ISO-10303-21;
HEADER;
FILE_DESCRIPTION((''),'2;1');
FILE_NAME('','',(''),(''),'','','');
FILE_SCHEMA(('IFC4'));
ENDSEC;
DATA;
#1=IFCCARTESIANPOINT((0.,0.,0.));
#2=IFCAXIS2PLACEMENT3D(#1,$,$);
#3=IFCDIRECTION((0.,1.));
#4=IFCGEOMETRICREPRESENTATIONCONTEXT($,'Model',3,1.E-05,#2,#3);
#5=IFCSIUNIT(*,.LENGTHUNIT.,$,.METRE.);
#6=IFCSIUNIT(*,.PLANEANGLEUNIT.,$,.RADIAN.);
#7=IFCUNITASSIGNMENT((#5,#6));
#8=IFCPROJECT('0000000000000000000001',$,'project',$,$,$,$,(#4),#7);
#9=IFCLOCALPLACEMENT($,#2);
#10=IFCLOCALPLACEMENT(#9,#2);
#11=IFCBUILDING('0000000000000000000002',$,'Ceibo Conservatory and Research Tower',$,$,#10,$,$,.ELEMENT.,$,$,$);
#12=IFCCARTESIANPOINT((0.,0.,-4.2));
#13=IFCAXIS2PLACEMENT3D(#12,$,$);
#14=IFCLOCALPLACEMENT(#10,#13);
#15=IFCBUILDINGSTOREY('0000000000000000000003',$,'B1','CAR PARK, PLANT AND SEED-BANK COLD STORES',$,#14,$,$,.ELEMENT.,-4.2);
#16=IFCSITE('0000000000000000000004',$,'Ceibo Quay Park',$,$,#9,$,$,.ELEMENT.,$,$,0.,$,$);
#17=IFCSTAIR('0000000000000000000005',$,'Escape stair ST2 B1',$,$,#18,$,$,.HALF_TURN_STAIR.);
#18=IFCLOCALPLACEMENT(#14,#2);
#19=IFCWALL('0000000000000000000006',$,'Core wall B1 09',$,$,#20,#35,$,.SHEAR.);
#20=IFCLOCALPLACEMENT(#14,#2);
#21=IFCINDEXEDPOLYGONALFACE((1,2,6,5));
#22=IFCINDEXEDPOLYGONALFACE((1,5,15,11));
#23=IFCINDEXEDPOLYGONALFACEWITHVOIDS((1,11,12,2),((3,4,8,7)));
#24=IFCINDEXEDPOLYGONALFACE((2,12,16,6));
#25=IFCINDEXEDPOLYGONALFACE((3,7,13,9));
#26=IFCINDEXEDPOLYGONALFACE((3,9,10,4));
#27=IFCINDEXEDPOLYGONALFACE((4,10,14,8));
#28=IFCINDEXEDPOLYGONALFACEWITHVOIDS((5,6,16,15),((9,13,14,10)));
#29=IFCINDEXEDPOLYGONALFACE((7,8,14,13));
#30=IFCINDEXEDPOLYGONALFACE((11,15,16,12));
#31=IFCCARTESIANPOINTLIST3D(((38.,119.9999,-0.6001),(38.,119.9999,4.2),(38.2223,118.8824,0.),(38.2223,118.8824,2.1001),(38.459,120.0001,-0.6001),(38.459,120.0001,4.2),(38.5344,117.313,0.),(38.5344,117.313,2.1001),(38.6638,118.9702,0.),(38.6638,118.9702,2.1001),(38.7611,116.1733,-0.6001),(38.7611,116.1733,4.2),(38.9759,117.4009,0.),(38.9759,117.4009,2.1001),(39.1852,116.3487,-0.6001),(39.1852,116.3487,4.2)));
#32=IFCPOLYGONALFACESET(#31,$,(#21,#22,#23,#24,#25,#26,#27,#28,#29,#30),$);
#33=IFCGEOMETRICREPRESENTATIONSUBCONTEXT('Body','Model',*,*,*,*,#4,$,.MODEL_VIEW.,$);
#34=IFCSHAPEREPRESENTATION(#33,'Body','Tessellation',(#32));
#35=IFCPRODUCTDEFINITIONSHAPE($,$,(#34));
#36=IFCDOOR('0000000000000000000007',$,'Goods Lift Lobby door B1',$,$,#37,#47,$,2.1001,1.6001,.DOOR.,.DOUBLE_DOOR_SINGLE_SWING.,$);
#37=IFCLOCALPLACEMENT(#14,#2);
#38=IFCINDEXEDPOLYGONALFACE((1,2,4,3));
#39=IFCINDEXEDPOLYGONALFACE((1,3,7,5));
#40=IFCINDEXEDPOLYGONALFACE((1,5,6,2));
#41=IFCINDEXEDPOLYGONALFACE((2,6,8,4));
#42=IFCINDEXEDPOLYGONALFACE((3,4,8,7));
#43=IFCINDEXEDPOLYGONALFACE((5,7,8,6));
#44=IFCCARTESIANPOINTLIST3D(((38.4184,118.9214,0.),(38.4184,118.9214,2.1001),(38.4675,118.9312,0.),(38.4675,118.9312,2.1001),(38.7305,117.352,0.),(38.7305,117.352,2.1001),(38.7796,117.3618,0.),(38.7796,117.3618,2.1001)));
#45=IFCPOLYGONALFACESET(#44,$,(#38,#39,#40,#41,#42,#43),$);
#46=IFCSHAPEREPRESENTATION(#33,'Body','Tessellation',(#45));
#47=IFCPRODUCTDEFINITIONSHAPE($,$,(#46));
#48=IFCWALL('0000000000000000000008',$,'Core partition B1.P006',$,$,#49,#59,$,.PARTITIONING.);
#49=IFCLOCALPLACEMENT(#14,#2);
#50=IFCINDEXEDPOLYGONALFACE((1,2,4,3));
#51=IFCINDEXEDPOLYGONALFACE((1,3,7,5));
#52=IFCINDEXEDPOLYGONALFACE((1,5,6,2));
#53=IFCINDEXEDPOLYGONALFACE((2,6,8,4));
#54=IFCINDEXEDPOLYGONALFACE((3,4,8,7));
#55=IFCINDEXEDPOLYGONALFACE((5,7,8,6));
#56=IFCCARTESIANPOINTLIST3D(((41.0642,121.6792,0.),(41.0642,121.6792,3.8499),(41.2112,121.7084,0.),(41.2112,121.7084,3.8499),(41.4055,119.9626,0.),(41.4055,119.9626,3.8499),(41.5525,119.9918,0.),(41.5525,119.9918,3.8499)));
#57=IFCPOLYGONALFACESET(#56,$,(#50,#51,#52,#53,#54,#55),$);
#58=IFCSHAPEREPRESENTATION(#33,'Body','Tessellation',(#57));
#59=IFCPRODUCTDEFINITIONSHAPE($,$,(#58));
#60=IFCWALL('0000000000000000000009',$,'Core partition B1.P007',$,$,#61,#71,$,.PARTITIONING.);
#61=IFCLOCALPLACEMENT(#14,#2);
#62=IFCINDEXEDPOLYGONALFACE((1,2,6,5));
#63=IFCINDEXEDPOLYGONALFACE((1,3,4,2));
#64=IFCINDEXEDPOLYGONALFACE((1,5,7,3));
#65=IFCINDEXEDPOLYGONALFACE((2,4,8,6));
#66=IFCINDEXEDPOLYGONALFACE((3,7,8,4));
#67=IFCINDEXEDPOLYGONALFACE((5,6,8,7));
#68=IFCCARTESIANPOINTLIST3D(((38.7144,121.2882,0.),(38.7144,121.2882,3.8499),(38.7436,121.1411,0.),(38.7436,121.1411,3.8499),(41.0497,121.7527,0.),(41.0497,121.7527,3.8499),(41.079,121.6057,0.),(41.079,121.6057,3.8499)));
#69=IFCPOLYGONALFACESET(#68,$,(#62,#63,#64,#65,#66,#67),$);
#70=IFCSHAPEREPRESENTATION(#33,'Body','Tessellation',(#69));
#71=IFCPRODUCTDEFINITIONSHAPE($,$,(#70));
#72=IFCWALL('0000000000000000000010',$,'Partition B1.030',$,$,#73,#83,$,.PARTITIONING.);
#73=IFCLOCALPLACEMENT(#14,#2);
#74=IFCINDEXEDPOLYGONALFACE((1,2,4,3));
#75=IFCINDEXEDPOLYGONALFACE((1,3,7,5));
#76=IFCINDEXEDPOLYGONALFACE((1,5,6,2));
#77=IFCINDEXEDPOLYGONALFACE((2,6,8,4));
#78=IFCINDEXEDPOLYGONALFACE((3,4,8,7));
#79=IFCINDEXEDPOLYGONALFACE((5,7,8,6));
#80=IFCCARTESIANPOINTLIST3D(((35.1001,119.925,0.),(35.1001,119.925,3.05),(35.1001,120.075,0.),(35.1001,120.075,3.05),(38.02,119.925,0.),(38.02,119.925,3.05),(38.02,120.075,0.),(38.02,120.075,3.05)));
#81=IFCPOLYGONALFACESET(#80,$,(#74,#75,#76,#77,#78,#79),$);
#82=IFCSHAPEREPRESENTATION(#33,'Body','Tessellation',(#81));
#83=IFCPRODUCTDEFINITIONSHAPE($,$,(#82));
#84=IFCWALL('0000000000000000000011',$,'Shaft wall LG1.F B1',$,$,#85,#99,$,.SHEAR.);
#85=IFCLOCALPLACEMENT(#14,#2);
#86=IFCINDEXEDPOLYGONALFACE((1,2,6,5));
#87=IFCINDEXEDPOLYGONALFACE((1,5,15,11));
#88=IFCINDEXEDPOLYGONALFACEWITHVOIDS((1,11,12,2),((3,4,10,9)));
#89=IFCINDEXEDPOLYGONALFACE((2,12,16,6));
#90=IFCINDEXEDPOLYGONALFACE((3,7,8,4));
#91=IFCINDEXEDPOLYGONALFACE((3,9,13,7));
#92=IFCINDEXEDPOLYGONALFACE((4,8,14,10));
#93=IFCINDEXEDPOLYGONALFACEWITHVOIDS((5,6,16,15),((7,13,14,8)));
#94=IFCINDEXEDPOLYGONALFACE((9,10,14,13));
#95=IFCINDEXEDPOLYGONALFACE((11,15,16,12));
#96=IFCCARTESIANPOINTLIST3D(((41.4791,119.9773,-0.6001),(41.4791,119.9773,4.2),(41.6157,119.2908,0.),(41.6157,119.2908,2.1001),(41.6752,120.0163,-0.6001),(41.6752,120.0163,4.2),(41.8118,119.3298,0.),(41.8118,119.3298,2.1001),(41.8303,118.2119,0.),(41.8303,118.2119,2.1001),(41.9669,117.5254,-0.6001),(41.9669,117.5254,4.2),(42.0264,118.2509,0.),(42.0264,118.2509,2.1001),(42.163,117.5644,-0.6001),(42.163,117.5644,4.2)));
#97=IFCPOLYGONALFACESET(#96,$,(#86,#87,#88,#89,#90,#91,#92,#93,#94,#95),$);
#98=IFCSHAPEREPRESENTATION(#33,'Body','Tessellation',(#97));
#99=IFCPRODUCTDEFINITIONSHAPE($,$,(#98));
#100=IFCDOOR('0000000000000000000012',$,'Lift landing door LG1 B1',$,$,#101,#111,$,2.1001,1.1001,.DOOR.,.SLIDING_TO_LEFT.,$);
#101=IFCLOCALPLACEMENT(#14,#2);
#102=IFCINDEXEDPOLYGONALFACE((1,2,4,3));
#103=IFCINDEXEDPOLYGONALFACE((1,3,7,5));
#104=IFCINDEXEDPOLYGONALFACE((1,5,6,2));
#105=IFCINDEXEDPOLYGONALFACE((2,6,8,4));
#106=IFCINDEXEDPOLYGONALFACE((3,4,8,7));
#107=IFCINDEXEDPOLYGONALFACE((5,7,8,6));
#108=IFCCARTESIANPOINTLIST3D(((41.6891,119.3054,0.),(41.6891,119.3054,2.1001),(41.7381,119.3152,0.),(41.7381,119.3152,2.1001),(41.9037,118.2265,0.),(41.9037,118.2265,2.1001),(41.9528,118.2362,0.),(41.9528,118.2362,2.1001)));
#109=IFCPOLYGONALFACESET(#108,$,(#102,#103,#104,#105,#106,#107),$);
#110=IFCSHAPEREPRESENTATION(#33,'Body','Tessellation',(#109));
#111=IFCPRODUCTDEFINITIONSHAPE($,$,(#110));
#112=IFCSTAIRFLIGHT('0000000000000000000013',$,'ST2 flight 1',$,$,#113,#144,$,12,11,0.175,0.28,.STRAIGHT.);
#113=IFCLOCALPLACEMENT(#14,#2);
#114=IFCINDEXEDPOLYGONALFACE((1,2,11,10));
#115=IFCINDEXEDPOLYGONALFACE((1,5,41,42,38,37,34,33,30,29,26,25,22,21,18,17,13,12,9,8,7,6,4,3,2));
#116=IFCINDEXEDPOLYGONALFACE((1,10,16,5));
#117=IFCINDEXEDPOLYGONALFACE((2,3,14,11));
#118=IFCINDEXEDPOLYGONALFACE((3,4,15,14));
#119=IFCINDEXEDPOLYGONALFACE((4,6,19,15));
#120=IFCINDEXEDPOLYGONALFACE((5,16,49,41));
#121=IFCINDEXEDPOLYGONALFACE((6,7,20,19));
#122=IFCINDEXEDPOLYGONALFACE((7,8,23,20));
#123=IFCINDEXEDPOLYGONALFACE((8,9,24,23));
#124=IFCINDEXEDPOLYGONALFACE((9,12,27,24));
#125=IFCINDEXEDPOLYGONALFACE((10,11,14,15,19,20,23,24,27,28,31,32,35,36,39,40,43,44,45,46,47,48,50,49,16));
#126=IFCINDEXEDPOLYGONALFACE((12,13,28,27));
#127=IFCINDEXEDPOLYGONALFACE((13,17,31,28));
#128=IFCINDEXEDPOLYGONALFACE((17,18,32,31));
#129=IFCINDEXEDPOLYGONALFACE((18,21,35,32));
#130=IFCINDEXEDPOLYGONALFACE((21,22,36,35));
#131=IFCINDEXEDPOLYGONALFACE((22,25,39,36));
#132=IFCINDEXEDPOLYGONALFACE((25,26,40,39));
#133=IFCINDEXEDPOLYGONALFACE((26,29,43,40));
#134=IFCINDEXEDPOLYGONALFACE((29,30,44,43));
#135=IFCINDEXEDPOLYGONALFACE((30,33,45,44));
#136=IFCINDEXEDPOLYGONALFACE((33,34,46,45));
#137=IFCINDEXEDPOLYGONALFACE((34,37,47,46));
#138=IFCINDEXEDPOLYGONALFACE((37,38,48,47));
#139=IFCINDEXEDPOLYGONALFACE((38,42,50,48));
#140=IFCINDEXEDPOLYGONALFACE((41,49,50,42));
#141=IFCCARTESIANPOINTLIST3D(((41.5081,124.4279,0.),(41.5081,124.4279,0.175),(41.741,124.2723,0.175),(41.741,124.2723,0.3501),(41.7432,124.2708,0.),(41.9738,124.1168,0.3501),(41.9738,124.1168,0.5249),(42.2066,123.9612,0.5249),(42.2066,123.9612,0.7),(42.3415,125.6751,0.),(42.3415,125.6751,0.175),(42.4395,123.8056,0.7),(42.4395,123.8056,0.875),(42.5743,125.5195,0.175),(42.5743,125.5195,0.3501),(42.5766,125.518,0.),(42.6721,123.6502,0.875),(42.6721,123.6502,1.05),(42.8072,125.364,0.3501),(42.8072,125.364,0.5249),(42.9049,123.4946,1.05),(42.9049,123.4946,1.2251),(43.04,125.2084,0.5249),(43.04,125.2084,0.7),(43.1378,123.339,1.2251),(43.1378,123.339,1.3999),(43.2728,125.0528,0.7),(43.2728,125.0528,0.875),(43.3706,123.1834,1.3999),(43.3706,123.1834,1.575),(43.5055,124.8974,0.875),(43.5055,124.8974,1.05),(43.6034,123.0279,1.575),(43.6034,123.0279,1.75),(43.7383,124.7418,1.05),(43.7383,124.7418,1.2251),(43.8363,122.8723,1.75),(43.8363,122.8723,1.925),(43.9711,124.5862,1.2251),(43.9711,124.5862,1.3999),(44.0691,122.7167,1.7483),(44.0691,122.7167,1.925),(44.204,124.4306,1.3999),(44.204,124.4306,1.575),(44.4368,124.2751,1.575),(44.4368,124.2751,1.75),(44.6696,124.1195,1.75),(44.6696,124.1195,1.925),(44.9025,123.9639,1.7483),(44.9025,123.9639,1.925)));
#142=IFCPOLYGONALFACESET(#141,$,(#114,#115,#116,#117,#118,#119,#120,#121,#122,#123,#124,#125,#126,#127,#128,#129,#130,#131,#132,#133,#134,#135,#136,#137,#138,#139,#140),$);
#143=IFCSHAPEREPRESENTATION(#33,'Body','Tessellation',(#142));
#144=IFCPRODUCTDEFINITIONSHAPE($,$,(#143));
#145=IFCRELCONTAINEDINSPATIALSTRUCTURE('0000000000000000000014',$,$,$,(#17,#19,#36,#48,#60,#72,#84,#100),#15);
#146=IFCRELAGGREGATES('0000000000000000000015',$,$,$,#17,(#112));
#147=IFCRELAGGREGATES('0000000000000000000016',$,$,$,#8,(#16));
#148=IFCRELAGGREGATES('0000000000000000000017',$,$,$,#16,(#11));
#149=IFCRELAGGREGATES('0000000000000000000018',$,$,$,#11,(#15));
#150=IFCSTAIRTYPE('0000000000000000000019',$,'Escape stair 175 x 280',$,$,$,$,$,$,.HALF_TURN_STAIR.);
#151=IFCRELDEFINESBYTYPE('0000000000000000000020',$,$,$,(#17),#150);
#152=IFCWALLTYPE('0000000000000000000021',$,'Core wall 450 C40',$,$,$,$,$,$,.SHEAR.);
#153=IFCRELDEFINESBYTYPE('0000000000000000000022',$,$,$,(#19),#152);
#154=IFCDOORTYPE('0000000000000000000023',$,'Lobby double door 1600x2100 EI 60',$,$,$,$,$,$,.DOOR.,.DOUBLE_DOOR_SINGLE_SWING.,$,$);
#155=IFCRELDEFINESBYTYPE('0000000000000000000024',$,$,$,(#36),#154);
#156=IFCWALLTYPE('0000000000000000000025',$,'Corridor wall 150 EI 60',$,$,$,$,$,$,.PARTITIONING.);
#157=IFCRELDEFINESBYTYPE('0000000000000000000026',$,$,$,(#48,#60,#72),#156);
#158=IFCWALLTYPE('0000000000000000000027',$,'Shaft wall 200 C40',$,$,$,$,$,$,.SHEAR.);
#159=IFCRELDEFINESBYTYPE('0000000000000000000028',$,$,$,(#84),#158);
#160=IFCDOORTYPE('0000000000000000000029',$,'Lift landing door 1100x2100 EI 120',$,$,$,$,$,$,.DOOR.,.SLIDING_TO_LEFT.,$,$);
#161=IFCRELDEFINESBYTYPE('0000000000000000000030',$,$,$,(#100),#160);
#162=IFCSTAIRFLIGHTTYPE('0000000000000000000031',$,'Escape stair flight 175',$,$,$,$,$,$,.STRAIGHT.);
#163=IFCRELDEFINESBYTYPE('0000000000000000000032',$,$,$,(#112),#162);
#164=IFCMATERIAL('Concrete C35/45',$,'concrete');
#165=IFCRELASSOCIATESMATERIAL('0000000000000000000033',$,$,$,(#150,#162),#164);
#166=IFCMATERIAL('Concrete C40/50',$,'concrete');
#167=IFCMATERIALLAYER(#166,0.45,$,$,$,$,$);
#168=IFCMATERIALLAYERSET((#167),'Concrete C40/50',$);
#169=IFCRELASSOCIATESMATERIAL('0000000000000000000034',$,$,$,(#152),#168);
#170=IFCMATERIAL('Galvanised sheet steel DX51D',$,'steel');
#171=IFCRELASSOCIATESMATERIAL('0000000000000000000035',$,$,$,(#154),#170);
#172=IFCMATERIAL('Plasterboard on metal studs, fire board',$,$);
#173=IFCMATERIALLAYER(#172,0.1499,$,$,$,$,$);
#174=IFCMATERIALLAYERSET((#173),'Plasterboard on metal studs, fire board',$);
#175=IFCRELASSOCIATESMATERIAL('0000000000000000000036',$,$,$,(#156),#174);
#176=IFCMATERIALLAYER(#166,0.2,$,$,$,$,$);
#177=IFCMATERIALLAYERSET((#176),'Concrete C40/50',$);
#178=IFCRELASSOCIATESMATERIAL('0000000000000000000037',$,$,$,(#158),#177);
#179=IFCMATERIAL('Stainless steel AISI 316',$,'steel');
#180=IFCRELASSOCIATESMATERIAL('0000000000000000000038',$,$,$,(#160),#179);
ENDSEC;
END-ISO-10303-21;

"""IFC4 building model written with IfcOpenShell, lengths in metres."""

from ifc_helpers import new_model, si_unit, direction, frame, frame_2d, origin, place, context, subcontext, project, spatial, polyline, rectangle, outline, extrude, material, layer, layer_set, type_object, element, fill, aggregate, save


model = new_model("IFC4")

# Units and contexts
model_context = context("Model", 3, precision=1e-05, world=origin(), true_north=direction((0.0, 1.0)))
body_context = subcontext(model_context, "Body", "Model", "MODEL_VIEW")
ifc_project = project(units=[si_unit("LENGTHUNIT", "METRE"), si_unit("PLANEANGLEUNIT", "RADIAN")], contexts=[model_context])

# Site, building, storey
site_placement = place(None, origin())
site = spatial("IfcSite", under=ifc_project, at=site_placement, Name="Ceibo Quay Park", CompositionType="ELEMENT", RefElevation=0.0)
building_placement = place(site_placement, origin())
building = spatial("IfcBuilding", under=site, at=building_placement, Name="Ceibo Conservatory and Research Tower", CompositionType="ELEMENT")
storey_placement = place(building_placement, frame((0.0, 0.0, -4.2)))
storey = spatial("IfcBuildingStorey", under=building, at=storey_placement, Name="B1", Description="CAR PARK, PLANT AND SEED-BANK COLD STORES", CompositionType="ELEMENT", Elevation=-4.2)

# Shared definitions
ifc_material_1 = material(Name="Concrete C35/45", Category="concrete")

# Stair
stair_type = type_object("IfcStairType", Name="Escape stair 175 x 280", PredefinedType="HALF_TURN_STAIR", material=ifc_material_1)
stair_placement = place(storey_placement, origin())
stair = element("IfcStair", 1, at=stair_placement, inside=storey, type_object=stair_type, Name="Escape stair ST2 B1", PredefinedType="HALF_TURN_STAIR")

# Wall, opening, door
ifc_material_2 = material(Name="Concrete C40/50", Category="concrete")
ifc_layer_1 = layer(ifc_material_2, 0.45)
ifc_layer_set_1 = layer_set([ifc_layer_1], Name="Concrete C40/50")
wall_type_1 = type_object("IfcWallType", Name="Core wall 450 C40", PredefinedType="SHEAR", material=ifc_layer_set_1)
ifc_material_3 = material(Name="Galvanised sheet steel DX51D", Category="steel")
wall_1_placement = place(storey_placement, frame((38.2295, 120.0, -0.6001), z_axis=(0.0, 0.0, 1.0), x_axis=(0.195069, -0.980789, 0.0)))
wall_1 = element("IfcWall", 2, at=wall_1_placement, inside=storey, type_object=wall_type_1, Name="Core wall B1 09", PredefinedType="SHEAR", context=body_context, shape_type="SweptSolid", body=[
    extrude(outline(polyline([(-0.0447, -0.2251), (3.8569, -0.2251), (3.7676, 0.2251), (0.0447, 0.2251), (-0.0447, -0.2251)])), origin(), (0.0, 0.0, 1.0), 4.8),
])
opening_1_placement = place(wall_1_placement, frame((1.0947, 0.0, 0.6001)))
opening_1 = element("IfcOpeningElement", 3, at=opening_1_placement, cuts=wall_1, PredefinedType="OPENING", context=body_context, shape_type="SweptSolid", body=[
    extrude(rectangle(XDim=1.6001, YDim=2.1001, at=frame_2d((0.8, 1.05))), frame((0.0, 0.2349, 0.0), z_axis=(0.0, -1.0, 0.0), x_axis=(1.0, 0.0, 0.0)), (0.0, 0.0, 1.0), 0.47),
])
door_type_1 = type_object("IfcDoorType", Name="Lobby double door 1600x2100 EI 60", OperationType="DOUBLE_DOOR_SINGLE_SWING", PredefinedType="DOOR", material=ifc_material_3)
door_1_placement = place(opening_1_placement, origin())
door_1 = element("IfcDoor", 4, at=door_1_placement, inside=storey, type_object=door_type_1, Name="Goods Lift Lobby door B1", OperationType="DOUBLE_DOOR_SINGLE_SWING", OverallHeight=2.1001, OverallWidth=1.6001, PredefinedType="DOOR", context=body_context, shape_type="SweptSolid", body=[
    extrude(rectangle(XDim=1.6001, YDim=2.1001, at=frame_2d((0.8, 1.05))), frame((0.0, 0.0249, 0.0), z_axis=(0.0, -1.0, 0.0), x_axis=(1.0, 0.0, 0.0)), (0.0, 0.0, 1.0), 0.05),
])
fill(opening_1, door_1)

# Walls
ifc_material_4 = material(Name="Plasterboard on metal studs, fire board")
ifc_layer_2 = layer(ifc_material_4, 0.1499)
ifc_layer_set_2 = layer_set([ifc_layer_2], Name="Plasterboard on metal studs, fire board")
wall_type_2 = type_object("IfcWallType", Name="Corridor wall 150 EI 60", PredefinedType="PARTITIONING", material=ifc_layer_set_2)
wall_2_placement = place(storey_placement, frame((41.479, 119.9773, 0.0), z_axis=(0.0, 0.0, 1.0), x_axis=(-0.195016, 0.9808, 0.0)))
element("IfcWall", 5, at=wall_2_placement, inside=storey, type_object=wall_type_2, Name="Core partition B1.P006", PredefinedType="PARTITIONING", context=body_context, shape_type="SweptSolid", body=[
    extrude(rectangle(XDim=1.7502, YDim=0.1499, at=frame_2d((0.875, 0.0))), origin(), (0.0, 0.0, 1.0), 3.8499),
])
wall_3_placement = place(storey_placement, frame((41.0642, 121.6792, 0.0), z_axis=(0.0, 0.0, 1.0), x_axis=(-0.980781, -0.19511, 0.0)))
element("IfcWall", 6, at=wall_3_placement, inside=storey, type_object=wall_type_2, Name="Core partition B1.P007", PredefinedType="PARTITIONING", context=body_context, shape_type="SweptSolid", body=[
    extrude(rectangle(XDim=2.3811, YDim=0.1499, at=frame_2d((1.1904, 0.0))), origin(), (0.0, 0.0, 1.0), 3.8499),
])
wall_4_placement = place(storey_placement, frame((35.1001, 120.0, 0.0), z_axis=(0.0, 0.0, 1.0), x_axis=(1.0, 0.0, 0.0)))
element("IfcWall", 7, at=wall_4_placement, inside=storey, type_object=wall_type_2, Name="Partition B1.030", PredefinedType="PARTITIONING", context=body_context, shape_type="SweptSolid", body=[
    extrude(rectangle(XDim=2.9199, YDim=0.1499, at=frame_2d((1.46, 0.0))), origin(), (0.0, 0.0, 1.0), 3.05),
])

# Wall, opening, door
ifc_layer_3 = layer(ifc_material_2, 0.2)
ifc_layer_set_3 = layer_set([ifc_layer_3], Name="Concrete C40/50")
wall_type_3 = type_object("IfcWallType", Name="Shaft wall 200 C40", PredefinedType="SHEAR", material=ifc_layer_set_3)
wall_5_placement = place(storey_placement, frame((41.5771, 119.9968, -0.6001), z_axis=(0.0, 0.0, 1.0), x_axis=(0.195121, -0.980779, 0.0)))
wall_5 = element("IfcWall", 8, at=wall_5_placement, inside=storey, type_object=wall_type_3, Name="Shaft wall LG1.F B1", PredefinedType="SHEAR", context=body_context, shape_type="SweptSolid", body=[
    extrude(rectangle(XDim=2.5, YDim=0.2, at=frame_2d((1.25, 0.0))), origin(), (0.0, 0.0, 1.0), 4.8),
])
opening_2_placement = place(wall_5_placement, frame((0.7, 0.0, 0.6001)))
opening_2 = element("IfcOpeningElement", 9, at=opening_2_placement, cuts=wall_5, PredefinedType="OPENING", context=body_context, shape_type="SweptSolid", body=[
    extrude(rectangle(XDim=1.1001, YDim=2.1001, at=frame_2d((0.55, 1.05))), frame((0.0, 0.1099, 0.0), z_axis=(0.0, -1.0, 0.0), x_axis=(1.0, 0.0, 0.0)), (0.0, 0.0, 1.0), 0.22),
])
ifc_material_5 = material(Name="Stainless steel AISI 316", Category="steel")
door_type_2 = type_object("IfcDoorType", Name="Lift landing door 1100x2100 EI 120", OperationType="SLIDING_TO_LEFT", PredefinedType="DOOR", material=ifc_material_5)
door_2_placement = place(opening_2_placement, origin())
door_2 = element("IfcDoor", 10, at=door_2_placement, inside=storey, type_object=door_type_2, Name="Lift landing door LG1 B1", OperationType="SLIDING_TO_LEFT", OverallHeight=2.1001, OverallWidth=1.1001, PredefinedType="DOOR", context=body_context, shape_type="SweptSolid", body=[
    extrude(rectangle(XDim=1.1001, YDim=2.1001, at=frame_2d((0.55, 1.05))), frame((0.0, 0.0249, 0.0), z_axis=(0.0, -1.0, 0.0), x_axis=(1.0, 0.0, 0.0)), (0.0, 0.0, 1.0), 0.05),
])
fill(opening_2, door_2)

# Stair flight
stair_flight_type = type_object("IfcStairFlightType", Name="Escape stair flight 175", PredefinedType="STRAIGHT", material=ifc_material_1)
stair_flight_placement = place(storey_placement, frame((41.9248, 125.0515, 0.0), z_axis=(0.0, 0.0, 1.0), x_axis=(0.83147, -0.55557, 0.0)))
stair_flight = element("IfcStairFlight", 11, at=stair_flight_placement, type_object=stair_flight_type, Name="ST2 flight 1", NumberOfRisers=12, NumberOfTreads=11, PredefinedType="STRAIGHT", RiserHeight=0.175, TreadLength=0.28, context=body_context, shape_type="SweptSolid", body=[
    extrude(outline(polyline([(0.0, 0.0), (0.0, 0.175), (0.28, 0.175), (0.28, 0.3501), (0.5601, 0.3501), (0.5601, 0.5249), (0.8401, 0.5249), (0.8401, 0.7), (1.1201, 0.7), (1.1201, 0.875), (1.3999, 0.875), (1.3999, 1.05), (1.6799, 1.05), (1.6799, 1.2251), (1.96, 1.2251), (1.96, 1.3999), (2.24, 1.3999), (2.24, 1.575), (2.52, 1.575), (2.52, 1.75), (2.8, 1.75), (2.8, 1.925), (3.0801, 1.925), (3.0801, 2.1001), (3.0801, 1.7483), (0.2827, 0.0), (0.0, 0.0)])), frame((0.0, 0.75, 0.0), z_axis=(0.0, -1.0, 0.0), x_axis=(1.0, 0.0, 0.0)), (0.0, 0.0, 1.0), 1.5),
])
aggregate(stair, [stair_flight])

save(model, "model.ifc")
